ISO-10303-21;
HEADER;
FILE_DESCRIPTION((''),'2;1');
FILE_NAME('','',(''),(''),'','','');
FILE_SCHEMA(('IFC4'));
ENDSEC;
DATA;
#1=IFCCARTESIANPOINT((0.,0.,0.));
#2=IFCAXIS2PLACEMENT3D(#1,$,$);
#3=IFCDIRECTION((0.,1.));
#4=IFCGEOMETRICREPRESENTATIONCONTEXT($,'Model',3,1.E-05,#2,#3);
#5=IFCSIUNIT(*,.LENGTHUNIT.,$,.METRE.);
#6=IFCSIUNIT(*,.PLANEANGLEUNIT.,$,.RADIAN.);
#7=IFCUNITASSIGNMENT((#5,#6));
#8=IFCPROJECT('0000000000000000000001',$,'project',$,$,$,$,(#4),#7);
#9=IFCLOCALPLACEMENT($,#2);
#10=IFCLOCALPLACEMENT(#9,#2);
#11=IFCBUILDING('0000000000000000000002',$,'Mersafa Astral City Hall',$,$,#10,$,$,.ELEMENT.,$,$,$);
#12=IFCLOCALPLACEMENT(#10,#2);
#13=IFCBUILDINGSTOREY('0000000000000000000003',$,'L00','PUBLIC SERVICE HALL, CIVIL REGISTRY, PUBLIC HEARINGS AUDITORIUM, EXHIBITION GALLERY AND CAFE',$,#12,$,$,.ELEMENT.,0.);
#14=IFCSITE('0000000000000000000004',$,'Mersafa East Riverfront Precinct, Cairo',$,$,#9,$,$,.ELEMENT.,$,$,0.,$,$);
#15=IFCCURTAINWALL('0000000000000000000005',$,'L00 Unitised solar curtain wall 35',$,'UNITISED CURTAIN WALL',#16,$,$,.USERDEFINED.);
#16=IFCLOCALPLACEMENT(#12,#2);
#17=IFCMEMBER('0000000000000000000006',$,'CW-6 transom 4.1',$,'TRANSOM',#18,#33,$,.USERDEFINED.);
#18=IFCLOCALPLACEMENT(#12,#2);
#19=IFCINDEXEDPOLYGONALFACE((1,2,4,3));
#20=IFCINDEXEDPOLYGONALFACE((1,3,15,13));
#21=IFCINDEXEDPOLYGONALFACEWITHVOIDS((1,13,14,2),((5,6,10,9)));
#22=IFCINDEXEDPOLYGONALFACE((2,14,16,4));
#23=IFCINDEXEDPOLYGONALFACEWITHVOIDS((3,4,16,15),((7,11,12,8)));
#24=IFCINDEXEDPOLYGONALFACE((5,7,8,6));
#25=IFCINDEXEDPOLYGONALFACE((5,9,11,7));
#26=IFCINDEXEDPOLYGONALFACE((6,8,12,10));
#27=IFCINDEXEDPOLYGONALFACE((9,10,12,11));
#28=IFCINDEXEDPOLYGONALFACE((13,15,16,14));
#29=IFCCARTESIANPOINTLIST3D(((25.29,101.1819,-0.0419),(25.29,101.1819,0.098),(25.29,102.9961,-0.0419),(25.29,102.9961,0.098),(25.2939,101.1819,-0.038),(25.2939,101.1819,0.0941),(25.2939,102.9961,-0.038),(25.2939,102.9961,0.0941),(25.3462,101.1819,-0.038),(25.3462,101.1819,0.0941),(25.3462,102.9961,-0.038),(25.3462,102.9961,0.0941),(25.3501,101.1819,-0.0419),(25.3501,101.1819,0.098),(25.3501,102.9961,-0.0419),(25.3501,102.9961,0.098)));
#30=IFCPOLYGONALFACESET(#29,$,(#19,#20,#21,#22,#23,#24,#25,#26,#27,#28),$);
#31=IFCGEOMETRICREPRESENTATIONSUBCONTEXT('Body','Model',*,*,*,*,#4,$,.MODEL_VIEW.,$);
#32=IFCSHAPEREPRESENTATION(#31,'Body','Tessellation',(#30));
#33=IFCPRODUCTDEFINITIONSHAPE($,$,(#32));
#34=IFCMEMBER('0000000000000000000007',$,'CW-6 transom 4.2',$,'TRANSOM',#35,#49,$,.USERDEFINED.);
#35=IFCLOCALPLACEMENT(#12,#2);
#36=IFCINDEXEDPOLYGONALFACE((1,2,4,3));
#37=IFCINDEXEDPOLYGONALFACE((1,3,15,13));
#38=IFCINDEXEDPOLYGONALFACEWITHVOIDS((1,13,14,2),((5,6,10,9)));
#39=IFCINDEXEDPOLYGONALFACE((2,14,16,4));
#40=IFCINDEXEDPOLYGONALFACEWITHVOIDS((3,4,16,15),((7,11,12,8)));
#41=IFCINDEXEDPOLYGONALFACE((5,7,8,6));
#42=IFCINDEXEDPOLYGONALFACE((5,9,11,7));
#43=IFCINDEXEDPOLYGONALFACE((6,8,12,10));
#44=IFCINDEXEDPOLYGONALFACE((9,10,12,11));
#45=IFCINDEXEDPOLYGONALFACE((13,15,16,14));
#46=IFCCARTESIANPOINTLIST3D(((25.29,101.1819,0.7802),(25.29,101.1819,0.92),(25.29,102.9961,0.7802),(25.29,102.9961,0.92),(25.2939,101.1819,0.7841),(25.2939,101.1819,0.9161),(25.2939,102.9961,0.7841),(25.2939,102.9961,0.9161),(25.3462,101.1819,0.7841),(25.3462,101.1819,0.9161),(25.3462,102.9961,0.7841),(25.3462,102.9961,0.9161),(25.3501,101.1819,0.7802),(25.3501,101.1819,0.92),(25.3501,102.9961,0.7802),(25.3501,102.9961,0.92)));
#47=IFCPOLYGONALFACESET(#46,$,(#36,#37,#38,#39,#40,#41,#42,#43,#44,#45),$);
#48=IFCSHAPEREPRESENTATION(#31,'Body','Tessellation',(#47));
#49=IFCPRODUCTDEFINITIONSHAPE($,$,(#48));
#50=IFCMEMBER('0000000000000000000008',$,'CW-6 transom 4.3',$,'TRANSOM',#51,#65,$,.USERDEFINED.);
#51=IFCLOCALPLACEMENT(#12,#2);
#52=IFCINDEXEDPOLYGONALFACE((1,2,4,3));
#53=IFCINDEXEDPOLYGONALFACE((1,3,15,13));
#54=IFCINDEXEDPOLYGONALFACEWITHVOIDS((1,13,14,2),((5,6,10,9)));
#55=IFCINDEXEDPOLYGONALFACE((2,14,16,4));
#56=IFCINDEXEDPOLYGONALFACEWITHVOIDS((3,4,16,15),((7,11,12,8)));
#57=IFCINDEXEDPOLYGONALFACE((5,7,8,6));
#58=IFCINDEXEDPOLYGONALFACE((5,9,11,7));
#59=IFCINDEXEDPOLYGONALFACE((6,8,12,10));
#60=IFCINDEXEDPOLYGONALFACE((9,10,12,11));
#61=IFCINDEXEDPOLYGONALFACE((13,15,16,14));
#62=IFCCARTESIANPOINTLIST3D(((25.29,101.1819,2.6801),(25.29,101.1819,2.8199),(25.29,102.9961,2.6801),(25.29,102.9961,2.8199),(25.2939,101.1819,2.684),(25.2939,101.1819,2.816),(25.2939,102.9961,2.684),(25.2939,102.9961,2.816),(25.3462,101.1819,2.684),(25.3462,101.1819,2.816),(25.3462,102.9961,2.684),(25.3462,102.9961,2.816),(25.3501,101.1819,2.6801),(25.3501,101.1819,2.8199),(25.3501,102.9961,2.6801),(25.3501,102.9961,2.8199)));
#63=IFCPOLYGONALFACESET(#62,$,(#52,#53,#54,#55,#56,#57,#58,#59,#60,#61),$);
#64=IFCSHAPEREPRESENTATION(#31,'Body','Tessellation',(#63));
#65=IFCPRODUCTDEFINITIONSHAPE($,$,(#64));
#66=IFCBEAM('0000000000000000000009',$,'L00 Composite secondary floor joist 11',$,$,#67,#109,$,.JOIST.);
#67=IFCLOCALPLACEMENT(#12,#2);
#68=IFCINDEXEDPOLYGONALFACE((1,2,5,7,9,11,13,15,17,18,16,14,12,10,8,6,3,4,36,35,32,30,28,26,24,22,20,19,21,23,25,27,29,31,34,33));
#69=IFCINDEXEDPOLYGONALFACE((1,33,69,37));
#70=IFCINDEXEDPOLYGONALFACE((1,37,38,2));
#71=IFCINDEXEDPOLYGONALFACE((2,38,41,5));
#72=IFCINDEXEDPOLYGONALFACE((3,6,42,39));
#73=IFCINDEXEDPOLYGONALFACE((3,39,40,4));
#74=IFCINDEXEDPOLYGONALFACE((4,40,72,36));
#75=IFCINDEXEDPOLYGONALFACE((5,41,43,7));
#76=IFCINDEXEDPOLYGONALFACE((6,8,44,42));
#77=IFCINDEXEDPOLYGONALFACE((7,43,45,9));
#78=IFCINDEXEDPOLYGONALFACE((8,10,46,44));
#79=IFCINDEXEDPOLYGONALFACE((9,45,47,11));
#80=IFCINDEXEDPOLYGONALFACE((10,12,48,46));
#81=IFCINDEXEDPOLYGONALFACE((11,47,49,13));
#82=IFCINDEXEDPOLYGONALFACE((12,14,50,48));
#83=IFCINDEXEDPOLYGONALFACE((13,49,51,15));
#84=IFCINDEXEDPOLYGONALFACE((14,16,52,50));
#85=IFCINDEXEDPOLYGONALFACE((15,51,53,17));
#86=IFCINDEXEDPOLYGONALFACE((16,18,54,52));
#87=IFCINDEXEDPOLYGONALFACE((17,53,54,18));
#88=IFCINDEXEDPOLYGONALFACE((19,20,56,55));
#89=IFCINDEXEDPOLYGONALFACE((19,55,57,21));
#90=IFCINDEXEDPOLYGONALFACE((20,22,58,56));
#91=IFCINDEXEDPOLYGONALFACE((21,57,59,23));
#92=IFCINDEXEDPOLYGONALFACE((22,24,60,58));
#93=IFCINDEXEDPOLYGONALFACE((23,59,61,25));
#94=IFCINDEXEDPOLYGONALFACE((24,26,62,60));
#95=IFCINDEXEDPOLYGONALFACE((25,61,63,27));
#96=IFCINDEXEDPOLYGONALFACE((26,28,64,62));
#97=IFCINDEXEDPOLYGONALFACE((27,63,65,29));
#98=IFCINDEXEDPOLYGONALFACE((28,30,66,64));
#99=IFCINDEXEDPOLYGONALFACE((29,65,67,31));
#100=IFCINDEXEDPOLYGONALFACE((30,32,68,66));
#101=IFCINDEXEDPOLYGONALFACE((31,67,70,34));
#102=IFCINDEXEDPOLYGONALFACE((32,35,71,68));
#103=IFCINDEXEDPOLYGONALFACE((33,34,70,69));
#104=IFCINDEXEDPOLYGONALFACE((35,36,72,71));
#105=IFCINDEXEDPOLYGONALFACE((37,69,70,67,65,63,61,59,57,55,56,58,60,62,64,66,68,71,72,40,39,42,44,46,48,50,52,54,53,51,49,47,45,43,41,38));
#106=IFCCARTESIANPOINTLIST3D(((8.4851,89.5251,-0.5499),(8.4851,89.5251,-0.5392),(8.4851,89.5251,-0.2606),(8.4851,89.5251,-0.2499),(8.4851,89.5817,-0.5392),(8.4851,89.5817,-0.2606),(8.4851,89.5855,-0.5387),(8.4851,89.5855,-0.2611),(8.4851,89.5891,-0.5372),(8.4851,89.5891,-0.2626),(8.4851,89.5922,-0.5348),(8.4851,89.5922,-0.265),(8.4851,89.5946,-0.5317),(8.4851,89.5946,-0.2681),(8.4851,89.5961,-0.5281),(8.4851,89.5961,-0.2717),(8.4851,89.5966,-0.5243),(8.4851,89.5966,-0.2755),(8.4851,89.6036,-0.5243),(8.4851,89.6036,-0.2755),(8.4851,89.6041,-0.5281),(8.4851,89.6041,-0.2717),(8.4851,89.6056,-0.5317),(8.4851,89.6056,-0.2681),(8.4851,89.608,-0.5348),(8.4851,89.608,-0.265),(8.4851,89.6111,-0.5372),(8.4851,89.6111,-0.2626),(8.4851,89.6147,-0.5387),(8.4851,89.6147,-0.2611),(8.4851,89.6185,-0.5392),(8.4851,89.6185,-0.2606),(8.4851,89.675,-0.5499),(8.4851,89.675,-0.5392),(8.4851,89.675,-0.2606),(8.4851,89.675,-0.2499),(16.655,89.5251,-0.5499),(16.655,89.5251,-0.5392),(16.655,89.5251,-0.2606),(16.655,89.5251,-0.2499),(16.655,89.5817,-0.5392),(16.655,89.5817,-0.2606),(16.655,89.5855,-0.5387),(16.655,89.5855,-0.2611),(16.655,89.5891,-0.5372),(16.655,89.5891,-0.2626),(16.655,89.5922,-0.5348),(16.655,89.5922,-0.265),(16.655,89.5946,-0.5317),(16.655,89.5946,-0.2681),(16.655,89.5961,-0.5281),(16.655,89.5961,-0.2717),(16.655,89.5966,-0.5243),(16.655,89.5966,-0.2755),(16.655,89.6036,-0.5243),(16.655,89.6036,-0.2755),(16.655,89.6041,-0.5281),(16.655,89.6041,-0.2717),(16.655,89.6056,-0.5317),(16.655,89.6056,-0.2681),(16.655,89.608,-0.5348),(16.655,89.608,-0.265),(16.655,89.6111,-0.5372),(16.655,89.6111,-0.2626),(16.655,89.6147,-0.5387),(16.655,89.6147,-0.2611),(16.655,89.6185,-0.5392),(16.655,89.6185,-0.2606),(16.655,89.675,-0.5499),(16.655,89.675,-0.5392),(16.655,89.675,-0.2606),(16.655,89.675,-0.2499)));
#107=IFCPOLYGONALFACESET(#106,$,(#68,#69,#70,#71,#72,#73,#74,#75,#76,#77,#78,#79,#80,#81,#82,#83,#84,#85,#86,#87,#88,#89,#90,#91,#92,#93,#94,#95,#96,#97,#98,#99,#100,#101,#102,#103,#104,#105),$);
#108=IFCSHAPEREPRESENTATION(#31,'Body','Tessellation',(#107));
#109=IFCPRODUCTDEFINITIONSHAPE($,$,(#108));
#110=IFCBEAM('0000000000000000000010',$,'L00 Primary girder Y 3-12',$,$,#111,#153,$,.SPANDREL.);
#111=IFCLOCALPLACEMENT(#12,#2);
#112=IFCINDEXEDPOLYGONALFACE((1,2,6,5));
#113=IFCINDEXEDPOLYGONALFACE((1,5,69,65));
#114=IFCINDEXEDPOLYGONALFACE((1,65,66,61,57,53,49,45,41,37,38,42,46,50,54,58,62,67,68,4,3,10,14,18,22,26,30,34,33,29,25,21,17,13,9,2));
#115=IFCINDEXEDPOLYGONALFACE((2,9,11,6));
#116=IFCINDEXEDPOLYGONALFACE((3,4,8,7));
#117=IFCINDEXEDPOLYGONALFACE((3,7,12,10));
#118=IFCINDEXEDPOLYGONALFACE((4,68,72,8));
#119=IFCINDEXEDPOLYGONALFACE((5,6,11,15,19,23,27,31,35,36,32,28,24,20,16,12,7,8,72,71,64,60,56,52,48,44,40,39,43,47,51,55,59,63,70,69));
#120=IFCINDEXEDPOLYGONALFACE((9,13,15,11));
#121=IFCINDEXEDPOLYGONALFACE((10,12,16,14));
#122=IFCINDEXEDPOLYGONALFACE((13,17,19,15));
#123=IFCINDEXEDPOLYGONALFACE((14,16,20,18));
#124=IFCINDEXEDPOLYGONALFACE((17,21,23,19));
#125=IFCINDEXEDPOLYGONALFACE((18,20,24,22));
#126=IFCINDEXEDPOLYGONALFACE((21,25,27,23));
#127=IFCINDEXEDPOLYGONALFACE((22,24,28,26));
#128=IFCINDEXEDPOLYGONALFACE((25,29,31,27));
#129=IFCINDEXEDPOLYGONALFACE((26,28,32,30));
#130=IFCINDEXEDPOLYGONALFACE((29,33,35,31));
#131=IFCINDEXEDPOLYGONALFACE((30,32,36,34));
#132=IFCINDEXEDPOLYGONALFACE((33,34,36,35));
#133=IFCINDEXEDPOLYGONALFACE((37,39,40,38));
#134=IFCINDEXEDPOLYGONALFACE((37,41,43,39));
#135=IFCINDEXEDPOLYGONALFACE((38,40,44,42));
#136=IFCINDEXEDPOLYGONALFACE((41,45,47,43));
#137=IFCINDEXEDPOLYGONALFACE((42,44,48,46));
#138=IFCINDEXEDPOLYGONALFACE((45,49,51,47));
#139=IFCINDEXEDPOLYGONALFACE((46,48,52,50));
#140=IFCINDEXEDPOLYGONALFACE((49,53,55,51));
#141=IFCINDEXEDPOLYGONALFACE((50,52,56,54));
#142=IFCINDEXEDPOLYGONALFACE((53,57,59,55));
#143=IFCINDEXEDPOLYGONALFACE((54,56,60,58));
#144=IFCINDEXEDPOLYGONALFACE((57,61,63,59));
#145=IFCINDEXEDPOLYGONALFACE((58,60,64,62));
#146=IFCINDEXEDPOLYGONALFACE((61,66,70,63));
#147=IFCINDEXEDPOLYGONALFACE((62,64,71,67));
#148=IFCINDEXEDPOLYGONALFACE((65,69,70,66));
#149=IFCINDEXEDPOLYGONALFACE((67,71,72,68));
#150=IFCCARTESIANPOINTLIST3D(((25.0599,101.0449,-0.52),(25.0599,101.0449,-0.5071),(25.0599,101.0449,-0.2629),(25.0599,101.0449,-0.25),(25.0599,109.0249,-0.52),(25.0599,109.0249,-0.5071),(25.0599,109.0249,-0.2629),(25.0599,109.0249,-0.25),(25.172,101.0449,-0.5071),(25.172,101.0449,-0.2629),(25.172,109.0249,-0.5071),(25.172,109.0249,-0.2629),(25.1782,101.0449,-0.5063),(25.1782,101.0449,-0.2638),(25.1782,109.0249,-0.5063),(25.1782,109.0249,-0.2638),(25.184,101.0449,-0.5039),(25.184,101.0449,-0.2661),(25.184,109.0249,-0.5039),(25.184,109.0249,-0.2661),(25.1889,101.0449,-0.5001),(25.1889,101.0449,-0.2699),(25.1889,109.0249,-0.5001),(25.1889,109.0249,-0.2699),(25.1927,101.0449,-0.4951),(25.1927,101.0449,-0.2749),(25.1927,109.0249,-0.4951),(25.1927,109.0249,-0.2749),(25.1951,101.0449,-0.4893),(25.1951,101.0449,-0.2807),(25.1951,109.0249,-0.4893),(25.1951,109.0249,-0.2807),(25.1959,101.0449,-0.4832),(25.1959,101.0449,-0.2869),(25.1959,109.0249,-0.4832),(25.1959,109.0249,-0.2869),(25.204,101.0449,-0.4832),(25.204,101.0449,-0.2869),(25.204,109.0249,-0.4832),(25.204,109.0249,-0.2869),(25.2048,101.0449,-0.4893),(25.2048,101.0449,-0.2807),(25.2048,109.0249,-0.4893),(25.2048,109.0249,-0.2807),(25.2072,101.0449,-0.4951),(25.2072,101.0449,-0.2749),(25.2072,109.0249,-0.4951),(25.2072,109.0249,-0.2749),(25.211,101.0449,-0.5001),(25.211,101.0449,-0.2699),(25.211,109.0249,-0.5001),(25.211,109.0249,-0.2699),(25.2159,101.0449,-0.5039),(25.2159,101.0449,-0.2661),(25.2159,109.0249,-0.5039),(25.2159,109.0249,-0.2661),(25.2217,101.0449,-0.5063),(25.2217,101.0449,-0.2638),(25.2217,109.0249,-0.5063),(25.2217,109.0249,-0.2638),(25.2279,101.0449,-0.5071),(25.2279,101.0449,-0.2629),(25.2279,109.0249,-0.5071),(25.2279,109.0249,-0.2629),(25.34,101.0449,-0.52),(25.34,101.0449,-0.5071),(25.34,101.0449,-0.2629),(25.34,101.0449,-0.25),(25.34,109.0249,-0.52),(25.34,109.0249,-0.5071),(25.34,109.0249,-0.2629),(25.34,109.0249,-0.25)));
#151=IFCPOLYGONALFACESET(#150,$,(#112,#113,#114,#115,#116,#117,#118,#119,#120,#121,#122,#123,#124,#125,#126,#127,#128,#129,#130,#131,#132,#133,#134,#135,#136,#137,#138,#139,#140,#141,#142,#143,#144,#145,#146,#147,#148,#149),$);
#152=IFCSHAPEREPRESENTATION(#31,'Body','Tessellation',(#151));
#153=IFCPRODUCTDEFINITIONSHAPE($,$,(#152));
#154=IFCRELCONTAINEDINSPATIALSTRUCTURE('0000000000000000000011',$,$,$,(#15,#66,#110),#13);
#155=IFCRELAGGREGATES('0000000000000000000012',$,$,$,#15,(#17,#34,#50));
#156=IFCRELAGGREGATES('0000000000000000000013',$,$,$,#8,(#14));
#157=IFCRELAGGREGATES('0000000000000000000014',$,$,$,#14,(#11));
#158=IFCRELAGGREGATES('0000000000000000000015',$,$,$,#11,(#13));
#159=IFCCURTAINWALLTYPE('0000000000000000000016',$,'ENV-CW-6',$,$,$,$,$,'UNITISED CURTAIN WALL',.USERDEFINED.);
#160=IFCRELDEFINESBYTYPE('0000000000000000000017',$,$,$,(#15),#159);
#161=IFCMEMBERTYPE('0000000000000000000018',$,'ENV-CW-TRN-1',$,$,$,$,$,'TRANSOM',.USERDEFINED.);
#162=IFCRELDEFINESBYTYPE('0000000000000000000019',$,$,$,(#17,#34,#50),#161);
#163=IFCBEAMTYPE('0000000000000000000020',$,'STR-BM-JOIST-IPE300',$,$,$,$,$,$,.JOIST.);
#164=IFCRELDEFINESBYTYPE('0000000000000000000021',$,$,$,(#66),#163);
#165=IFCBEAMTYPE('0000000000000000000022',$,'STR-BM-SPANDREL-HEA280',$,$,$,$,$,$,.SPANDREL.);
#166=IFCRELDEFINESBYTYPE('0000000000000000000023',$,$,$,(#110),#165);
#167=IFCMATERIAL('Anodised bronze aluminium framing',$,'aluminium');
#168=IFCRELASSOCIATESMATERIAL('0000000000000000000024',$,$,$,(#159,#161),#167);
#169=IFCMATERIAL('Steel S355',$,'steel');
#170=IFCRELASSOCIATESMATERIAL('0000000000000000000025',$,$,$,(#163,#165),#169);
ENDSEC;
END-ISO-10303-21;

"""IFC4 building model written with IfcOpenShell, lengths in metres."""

from ifc_helpers import new_model, si_unit, direction, frame, origin, origin_2d, place, context, subcontext, project, spatial, hollow_rectangle, i_section, extrude, material, material_profile, profile_set, type_object, element, aggregate, save


model = new_model("IFC4")

# Units and contexts
model_context = context("Model", 3, precision=1e-05, world=origin(), true_north=direction((0.0, 1.0)))
body_context = subcontext(model_context, "Body", "Model", "MODEL_VIEW")
ifc_project = project(units=[si_unit("LENGTHUNIT", "METRE"), si_unit("PLANEANGLEUNIT", "RADIAN")], contexts=[model_context])

# Site, building, storey
site_placement = place(None, origin())
site = spatial("IfcSite", under=ifc_project, at=site_placement, Name="Mersafa East Riverfront Precinct, Cairo", CompositionType="ELEMENT", RefElevation=0.0)
building_placement = place(site_placement, origin())
building = spatial("IfcBuilding", under=site, at=building_placement, Name="Mersafa Astral City Hall", CompositionType="ELEMENT")
storey_placement = place(building_placement, origin())
storey = spatial("IfcBuildingStorey", under=building, at=storey_placement, Name="L00", Description="PUBLIC SERVICE HALL, CIVIL REGISTRY, PUBLIC HEARINGS AUDITORIUM, EXHIBITION GALLERY AND CAFE", CompositionType="ELEMENT", Elevation=0.0)

# Shared definitions
ifc_material_1 = material(Name="Steel S355", Category="steel")

# Curtain wall, members
ifc_material_2 = material(Name="Anodised bronze aluminium framing", Category="aluminium")
curtain_wall_type = type_object("IfcCurtainWallType", Name="ENV-CW-6", ElementType="UNITISED CURTAIN WALL", PredefinedType="USERDEFINED", material=ifc_material_2)
curtain_wall_placement = place(storey_placement, origin())
curtain_wall = element("IfcCurtainWall", 1, at=curtain_wall_placement, inside=storey, type_object=curtain_wall_type, Name="L00 Unitised solar curtain wall 35", ObjectType="UNITISED CURTAIN WALL", PredefinedType="USERDEFINED")
ifc_material_profile_1 = material_profile(ifc_material_2, hollow_rectangle(XDim=0.0601, YDim=0.1399, WallThickness=0.0039, at=origin_2d()), Name="RHS 60x140x4")
ifc_profile_set_1 = profile_set([ifc_material_profile_1], Name="Anodised bronze aluminium framing")
member_type_1 = type_object("IfcMemberType", Name="ENV-CW-TRN-1", ElementType="TRANSOM", PredefinedType="USERDEFINED", material=ifc_profile_set_1)
member_1_placement = place(storey_placement, frame((25.3201, 102.9961, 0.0281), z_axis=(0.0, -1.0, 0.0), x_axis=(1.0, 0.0, 0.0)))
member_1 = element("IfcMember", 2, at=member_1_placement, type_object=member_type_1, Name="CW-6 transom 4.1", ObjectType="TRANSOM", PredefinedType="USERDEFINED", context=body_context, shape_type="SweptSolid", body=[
    extrude(hollow_rectangle(XDim=0.0601, YDim=0.1399, WallThickness=0.0039, at=origin_2d()), origin(), (0.0, 0.0, 1.0), 1.8142),
])
member_2_placement = place(storey_placement, frame((25.3201, 102.9961, 0.8501), z_axis=(0.0, -1.0, 0.0), x_axis=(1.0, 0.0, 0.0)))
member_2 = element("IfcMember", 3, at=member_2_placement, type_object=member_type_1, Name="CW-6 transom 4.2", ObjectType="TRANSOM", PredefinedType="USERDEFINED", context=body_context, shape_type="SweptSolid", body=[
    extrude(hollow_rectangle(XDim=0.0601, YDim=0.1399, WallThickness=0.0039, at=origin_2d()), origin(), (0.0, 0.0, 1.0), 1.8142),
])
member_3_placement = place(storey_placement, frame((25.3201, 102.9961, 2.75), z_axis=(0.0, -1.0, 0.0), x_axis=(1.0, 0.0, 0.0)))
member_3 = element("IfcMember", 4, at=member_3_placement, type_object=member_type_1, Name="CW-6 transom 4.3", ObjectType="TRANSOM", PredefinedType="USERDEFINED", context=body_context, shape_type="SweptSolid", body=[
    extrude(hollow_rectangle(XDim=0.0601, YDim=0.1399, WallThickness=0.0039, at=origin_2d()), origin(), (0.0, 0.0, 1.0), 1.8142),
])

# Beams
ifc_material_profile_2 = material_profile(ifc_material_1, i_section(OverallWidth=0.1499, OverallDepth=0.3, WebThickness=0.0071, FlangeThickness=0.0107, FilletRadius=0.0149, at=origin_2d()), Name="IPE 300")
ifc_profile_set_2 = profile_set([ifc_material_profile_2], Name="Steel S355")
beam_type_1 = type_object("IfcBeamType", Name="STR-BM-JOIST-IPE300", PredefinedType="JOIST", material=ifc_profile_set_2)
beam_1_placement = place(storey_placement, frame((8.4851, 89.6001, -0.3999), z_axis=(1.0, 0.0, 0.0), x_axis=(0.0, 1.0, 0.0)))
element("IfcBeam", 5, at=beam_1_placement, inside=storey, type_object=beam_type_1, Name="L00 Composite secondary floor joist 11", PredefinedType="JOIST", context=body_context, shape_type="SweptSolid", body=[
    extrude(i_section(OverallWidth=0.1499, OverallDepth=0.3, WebThickness=0.0071, FlangeThickness=0.0107, FilletRadius=0.0149, at=origin_2d()), origin(), (0.0, 0.0, 1.0), 8.1699),
])
ifc_material_profile_3 = material_profile(ifc_material_1, i_section(OverallWidth=0.28, OverallDepth=0.27, WebThickness=0.0081, FlangeThickness=0.0129, FilletRadius=0.0239, at=origin_2d()), Name="HEA 280")
ifc_profile_set_3 = profile_set([ifc_material_profile_3], Name="Steel S355")
beam_type_2 = type_object("IfcBeamType", Name="STR-BM-SPANDREL-HEA280", PredefinedType="SPANDREL", material=ifc_profile_set_3)
beam_2_placement = place(storey_placement, frame((25.2, 101.0449, -0.385), z_axis=(0.0, 1.0, 0.0), x_axis=(-1.0, 0.0, 0.0)))
element("IfcBeam", 6, at=beam_2_placement, inside=storey, type_object=beam_type_2, Name="L00 Primary girder Y 3-12", PredefinedType="SPANDREL", context=body_context, shape_type="SweptSolid", body=[
    extrude(i_section(OverallWidth=0.28, OverallDepth=0.27, WebThickness=0.0081, FlangeThickness=0.0129, FilletRadius=0.0239, at=origin_2d()), origin(), (0.0, 0.0, 1.0), 7.98),
])

aggregate(curtain_wall, [member_1, member_2, member_3])

save(model, "model.ifc")
